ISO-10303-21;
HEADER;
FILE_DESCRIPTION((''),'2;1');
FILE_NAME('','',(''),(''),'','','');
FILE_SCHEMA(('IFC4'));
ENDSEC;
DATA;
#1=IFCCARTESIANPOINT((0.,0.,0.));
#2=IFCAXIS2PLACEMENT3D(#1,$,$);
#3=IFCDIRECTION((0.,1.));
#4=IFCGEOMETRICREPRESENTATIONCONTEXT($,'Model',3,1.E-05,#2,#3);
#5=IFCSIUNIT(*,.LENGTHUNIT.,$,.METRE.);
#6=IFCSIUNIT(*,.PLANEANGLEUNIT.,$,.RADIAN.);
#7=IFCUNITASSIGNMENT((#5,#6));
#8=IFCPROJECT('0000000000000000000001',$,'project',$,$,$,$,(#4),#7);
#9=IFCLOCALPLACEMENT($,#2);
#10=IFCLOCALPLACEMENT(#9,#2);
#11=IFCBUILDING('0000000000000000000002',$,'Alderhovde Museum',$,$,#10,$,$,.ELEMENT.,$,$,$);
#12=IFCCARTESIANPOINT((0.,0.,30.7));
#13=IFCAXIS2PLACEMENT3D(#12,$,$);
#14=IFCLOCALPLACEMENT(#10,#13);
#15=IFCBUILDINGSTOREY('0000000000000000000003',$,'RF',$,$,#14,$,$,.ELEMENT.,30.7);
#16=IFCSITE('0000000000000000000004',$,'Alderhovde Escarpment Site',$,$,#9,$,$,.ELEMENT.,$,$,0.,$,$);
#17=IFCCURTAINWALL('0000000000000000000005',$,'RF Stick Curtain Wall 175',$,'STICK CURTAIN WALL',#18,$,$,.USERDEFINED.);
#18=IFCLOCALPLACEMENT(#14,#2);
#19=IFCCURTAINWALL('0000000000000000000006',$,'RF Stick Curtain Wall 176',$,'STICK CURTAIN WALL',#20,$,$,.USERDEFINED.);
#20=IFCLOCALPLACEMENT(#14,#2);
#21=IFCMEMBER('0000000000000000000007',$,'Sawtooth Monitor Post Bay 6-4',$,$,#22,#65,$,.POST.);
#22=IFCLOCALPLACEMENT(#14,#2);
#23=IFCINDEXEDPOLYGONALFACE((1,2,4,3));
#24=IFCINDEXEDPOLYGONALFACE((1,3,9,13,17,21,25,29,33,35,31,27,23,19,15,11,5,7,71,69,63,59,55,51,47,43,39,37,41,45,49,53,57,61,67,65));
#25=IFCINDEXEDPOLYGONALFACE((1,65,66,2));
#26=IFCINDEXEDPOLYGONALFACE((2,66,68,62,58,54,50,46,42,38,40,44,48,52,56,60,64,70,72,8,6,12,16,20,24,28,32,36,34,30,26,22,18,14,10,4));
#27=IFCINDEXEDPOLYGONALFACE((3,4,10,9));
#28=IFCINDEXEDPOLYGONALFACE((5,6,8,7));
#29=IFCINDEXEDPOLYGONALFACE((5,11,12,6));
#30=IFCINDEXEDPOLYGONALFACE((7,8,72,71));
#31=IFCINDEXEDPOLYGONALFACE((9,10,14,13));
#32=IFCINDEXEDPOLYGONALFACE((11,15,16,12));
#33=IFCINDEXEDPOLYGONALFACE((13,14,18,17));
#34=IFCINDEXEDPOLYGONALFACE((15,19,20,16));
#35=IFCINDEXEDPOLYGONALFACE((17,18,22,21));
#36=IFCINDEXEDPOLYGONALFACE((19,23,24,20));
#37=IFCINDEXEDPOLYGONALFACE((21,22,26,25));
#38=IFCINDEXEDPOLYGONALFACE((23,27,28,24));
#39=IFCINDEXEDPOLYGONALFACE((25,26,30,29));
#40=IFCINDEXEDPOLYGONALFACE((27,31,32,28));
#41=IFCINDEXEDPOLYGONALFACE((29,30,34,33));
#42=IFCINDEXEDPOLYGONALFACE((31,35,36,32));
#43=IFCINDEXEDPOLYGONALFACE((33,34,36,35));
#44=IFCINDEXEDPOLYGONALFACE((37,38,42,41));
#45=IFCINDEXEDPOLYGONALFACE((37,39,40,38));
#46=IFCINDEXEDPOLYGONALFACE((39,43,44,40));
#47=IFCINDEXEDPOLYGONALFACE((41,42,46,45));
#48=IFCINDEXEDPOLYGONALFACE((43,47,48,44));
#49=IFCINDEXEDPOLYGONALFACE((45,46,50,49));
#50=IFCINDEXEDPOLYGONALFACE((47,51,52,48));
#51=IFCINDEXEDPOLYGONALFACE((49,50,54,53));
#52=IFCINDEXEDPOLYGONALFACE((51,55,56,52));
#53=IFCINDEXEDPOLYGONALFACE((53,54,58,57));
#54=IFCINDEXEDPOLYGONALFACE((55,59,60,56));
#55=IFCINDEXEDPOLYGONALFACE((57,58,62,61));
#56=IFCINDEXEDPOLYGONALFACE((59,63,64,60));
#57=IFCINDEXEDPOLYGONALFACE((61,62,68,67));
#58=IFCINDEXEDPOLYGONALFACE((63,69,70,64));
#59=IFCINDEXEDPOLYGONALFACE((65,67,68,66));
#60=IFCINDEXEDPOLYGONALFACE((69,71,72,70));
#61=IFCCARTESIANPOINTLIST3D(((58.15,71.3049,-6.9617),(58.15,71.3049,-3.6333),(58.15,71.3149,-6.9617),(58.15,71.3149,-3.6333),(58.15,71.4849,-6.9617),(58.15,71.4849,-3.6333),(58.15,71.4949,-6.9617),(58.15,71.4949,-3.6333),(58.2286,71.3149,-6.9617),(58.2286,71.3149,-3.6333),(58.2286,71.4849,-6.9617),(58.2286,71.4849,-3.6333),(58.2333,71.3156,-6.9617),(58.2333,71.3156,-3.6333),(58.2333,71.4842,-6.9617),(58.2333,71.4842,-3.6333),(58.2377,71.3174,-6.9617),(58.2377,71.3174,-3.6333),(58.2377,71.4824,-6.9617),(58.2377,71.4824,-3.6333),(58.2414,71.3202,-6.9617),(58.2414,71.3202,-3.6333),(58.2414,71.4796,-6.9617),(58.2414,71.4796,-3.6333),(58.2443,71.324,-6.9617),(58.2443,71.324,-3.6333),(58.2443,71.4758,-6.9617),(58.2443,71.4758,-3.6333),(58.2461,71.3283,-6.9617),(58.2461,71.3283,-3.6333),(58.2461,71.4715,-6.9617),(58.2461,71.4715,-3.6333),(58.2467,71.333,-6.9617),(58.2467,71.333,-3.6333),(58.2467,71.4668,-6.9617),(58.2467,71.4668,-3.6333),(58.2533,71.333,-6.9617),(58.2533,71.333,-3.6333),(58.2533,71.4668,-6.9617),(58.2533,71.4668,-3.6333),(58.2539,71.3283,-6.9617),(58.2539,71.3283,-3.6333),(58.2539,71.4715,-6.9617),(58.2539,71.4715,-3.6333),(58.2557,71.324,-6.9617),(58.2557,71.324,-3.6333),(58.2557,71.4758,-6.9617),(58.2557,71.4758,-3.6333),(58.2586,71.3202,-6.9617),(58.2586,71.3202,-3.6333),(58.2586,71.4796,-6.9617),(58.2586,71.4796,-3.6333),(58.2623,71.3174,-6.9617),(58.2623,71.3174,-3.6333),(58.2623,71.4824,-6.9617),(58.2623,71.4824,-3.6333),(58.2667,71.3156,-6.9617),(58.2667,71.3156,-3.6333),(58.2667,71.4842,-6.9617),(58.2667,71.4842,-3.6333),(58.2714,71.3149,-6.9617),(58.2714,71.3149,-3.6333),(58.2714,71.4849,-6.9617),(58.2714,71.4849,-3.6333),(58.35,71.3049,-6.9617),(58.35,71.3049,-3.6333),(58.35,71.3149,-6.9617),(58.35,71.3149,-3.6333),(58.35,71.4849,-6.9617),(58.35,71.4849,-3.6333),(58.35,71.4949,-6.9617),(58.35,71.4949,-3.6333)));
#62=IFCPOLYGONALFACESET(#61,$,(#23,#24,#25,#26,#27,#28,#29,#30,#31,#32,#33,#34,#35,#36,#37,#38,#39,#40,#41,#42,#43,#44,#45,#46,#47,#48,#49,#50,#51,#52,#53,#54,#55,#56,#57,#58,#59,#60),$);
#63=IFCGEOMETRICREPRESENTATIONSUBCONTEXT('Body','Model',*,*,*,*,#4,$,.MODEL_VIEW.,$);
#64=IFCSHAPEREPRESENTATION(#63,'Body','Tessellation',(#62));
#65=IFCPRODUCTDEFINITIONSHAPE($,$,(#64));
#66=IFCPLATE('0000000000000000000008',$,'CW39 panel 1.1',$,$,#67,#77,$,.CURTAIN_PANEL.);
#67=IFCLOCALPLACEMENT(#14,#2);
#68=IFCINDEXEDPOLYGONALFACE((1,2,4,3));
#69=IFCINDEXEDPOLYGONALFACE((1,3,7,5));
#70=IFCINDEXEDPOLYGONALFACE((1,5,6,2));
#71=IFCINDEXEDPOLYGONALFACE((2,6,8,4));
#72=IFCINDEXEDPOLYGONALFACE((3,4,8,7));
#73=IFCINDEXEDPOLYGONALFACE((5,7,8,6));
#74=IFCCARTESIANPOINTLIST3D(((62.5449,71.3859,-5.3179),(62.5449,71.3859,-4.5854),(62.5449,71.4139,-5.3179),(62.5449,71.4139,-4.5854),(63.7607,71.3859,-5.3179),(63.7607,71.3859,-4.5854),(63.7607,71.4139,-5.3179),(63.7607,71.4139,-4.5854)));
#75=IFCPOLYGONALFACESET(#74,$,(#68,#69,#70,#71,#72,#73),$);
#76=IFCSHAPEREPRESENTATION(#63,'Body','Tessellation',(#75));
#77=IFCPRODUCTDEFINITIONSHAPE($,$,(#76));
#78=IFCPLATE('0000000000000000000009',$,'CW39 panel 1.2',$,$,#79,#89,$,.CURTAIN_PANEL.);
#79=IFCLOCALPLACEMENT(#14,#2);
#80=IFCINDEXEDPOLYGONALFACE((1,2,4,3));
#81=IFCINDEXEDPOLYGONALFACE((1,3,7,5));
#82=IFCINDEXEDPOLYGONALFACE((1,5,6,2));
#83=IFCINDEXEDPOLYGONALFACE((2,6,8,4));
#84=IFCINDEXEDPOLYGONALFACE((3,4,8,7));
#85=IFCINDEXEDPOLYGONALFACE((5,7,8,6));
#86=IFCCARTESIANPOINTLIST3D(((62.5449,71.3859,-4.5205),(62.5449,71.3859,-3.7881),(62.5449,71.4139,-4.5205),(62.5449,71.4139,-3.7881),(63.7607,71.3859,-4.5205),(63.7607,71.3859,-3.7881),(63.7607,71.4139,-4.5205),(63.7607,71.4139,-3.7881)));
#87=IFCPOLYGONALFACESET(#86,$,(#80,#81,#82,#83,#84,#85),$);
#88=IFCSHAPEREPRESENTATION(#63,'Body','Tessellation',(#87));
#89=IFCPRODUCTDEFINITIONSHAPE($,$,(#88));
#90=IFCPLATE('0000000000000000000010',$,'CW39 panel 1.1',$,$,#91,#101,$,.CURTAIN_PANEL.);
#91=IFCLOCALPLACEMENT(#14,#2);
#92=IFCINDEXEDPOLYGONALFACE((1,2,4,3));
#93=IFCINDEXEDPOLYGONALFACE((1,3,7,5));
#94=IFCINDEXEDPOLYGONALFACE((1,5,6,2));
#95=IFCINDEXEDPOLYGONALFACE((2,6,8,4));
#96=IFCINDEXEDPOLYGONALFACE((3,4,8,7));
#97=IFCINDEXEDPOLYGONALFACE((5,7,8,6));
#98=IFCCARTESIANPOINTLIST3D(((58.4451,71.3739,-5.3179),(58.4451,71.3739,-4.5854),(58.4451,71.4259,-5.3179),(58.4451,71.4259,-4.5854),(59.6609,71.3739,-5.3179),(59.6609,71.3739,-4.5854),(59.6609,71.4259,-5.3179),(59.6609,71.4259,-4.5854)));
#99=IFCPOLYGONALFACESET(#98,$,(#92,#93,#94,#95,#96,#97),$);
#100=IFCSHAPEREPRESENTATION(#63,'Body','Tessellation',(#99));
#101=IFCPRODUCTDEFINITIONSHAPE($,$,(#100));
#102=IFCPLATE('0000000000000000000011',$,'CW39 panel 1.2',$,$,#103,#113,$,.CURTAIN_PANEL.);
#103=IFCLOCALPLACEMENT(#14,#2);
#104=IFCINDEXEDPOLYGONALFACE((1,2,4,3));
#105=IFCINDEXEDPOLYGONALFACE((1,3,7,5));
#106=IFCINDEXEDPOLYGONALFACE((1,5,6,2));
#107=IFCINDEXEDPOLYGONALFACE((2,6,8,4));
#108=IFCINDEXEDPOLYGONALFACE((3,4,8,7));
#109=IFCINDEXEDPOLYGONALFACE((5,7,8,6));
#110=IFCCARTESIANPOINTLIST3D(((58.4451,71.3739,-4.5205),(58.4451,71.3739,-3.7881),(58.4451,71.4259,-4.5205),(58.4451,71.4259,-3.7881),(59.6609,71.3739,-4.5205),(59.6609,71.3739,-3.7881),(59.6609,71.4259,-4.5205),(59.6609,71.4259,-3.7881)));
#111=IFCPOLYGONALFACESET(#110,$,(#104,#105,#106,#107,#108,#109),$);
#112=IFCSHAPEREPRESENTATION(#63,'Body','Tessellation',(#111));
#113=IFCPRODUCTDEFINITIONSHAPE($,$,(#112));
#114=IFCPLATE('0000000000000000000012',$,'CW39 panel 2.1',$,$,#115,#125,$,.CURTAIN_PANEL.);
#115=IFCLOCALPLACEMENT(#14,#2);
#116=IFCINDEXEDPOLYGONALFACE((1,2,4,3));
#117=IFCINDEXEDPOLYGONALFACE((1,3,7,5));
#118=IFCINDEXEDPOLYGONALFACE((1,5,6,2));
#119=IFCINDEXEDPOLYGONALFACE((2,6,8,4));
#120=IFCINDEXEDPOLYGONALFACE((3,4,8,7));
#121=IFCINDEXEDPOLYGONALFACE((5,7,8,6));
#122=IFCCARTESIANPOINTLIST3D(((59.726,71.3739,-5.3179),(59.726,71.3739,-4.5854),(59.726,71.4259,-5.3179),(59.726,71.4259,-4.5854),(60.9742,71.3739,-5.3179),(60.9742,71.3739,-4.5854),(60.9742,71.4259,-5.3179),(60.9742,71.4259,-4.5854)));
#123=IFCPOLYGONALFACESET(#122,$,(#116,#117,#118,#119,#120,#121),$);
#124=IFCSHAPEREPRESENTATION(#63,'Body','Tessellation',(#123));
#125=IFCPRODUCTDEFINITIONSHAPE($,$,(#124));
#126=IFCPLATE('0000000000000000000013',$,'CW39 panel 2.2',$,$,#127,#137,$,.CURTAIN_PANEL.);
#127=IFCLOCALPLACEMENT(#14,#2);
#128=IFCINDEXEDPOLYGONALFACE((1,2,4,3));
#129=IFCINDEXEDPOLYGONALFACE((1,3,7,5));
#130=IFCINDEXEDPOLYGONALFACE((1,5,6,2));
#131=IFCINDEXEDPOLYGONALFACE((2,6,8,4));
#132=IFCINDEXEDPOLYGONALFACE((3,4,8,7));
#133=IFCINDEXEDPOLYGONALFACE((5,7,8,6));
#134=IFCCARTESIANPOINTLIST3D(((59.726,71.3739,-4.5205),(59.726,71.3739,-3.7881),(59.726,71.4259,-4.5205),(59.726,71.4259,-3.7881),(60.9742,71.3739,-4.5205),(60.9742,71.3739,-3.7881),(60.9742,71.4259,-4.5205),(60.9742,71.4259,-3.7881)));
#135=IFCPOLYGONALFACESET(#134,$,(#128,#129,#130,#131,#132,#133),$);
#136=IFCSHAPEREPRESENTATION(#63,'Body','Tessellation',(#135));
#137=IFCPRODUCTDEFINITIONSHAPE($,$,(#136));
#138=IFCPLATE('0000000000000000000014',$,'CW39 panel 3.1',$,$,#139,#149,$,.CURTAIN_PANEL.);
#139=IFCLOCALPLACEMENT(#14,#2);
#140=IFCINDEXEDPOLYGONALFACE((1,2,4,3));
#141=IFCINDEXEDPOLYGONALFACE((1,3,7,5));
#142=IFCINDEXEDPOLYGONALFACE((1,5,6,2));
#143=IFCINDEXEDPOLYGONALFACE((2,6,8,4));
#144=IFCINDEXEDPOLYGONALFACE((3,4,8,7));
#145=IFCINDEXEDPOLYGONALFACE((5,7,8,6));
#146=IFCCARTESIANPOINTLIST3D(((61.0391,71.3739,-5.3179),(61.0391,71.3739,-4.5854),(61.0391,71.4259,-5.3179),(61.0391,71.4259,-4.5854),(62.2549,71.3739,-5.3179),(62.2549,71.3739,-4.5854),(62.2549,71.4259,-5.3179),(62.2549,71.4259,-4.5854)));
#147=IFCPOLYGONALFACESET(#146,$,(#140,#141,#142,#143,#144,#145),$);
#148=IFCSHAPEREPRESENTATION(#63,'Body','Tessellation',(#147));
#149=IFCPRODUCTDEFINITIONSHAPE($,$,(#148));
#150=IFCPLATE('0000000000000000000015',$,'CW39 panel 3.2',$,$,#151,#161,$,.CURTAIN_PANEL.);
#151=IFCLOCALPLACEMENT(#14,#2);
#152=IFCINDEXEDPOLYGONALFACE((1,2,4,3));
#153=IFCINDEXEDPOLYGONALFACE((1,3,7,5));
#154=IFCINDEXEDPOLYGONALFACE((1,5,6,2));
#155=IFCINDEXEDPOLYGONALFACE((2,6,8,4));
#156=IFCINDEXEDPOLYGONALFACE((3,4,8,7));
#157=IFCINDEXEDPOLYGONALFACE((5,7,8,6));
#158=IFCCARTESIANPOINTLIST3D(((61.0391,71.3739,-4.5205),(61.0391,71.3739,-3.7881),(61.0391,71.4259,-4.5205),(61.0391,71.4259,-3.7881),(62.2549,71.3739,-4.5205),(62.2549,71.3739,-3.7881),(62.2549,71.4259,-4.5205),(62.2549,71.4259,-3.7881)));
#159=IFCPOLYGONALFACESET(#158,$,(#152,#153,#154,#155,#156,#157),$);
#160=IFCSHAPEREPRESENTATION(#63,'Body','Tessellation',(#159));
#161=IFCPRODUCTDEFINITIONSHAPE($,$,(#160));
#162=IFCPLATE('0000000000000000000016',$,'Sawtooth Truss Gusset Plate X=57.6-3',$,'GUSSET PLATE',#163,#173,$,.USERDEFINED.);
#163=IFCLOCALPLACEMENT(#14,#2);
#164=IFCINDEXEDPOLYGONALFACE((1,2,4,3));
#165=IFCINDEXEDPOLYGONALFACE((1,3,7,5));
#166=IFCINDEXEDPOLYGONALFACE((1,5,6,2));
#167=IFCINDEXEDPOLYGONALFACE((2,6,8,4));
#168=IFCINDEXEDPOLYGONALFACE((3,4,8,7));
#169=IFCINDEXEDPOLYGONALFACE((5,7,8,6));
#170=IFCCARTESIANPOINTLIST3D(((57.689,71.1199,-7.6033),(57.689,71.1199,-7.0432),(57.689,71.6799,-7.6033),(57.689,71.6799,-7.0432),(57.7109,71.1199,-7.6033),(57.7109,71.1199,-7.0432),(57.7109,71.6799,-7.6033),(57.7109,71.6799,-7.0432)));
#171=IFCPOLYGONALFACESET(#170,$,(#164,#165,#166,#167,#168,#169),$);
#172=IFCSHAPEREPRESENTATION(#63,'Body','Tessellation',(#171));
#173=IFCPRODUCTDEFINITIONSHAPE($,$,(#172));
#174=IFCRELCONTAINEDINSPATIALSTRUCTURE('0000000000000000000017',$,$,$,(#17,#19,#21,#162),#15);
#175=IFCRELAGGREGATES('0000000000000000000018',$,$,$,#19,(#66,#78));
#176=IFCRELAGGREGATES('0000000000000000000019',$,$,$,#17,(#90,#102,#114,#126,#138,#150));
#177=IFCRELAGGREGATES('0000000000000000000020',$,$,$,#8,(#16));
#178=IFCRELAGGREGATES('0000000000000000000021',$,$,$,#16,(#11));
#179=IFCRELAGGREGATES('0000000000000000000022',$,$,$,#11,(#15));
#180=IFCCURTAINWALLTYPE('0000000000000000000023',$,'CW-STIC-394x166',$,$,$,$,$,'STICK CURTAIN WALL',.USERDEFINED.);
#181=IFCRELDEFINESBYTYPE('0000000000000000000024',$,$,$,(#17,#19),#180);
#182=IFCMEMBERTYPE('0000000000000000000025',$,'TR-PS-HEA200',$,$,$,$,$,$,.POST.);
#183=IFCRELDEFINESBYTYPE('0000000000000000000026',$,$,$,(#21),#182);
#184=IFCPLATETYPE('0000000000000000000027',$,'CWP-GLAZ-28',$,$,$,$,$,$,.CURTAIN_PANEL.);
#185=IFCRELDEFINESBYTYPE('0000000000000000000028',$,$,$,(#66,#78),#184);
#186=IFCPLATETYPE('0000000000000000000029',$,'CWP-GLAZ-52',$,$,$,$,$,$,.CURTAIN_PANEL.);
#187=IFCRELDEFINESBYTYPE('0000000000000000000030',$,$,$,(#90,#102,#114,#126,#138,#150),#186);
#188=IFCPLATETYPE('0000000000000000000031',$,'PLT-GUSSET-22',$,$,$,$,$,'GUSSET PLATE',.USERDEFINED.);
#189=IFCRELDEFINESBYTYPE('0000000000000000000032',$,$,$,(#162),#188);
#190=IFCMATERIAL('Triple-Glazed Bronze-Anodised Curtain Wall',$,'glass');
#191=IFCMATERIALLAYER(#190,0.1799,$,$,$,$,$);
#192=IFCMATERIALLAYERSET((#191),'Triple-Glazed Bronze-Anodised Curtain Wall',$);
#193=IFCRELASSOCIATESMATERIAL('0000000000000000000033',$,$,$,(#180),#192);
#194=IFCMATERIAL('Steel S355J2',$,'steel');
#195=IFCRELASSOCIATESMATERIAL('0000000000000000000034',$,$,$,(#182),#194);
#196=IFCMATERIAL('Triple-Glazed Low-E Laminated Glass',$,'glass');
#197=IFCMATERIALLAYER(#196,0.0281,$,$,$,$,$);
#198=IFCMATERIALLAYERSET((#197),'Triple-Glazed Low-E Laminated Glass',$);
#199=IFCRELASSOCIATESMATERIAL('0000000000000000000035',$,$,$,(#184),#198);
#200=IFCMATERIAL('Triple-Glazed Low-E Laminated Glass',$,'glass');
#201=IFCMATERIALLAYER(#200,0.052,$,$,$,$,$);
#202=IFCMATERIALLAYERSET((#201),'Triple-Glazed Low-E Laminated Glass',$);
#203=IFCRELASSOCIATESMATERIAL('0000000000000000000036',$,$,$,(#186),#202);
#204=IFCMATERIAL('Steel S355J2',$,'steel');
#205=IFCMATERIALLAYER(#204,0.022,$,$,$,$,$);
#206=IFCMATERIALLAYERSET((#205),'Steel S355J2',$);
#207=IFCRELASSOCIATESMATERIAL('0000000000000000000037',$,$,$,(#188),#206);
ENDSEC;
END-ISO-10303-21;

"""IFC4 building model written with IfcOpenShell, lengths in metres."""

from ifc_helpers import new_model, si_unit, direction, frame, origin, origin_2d, place, context, subcontext, project, spatial, rectangle, i_section, extrude, material, layer, layer_set, material_profile, profile_set, type_object, element, aggregate, save


model = new_model("IFC4")

# Units and contexts
model_context = context("Model", 3, precision=1e-05, world=origin(), true_north=direction((0.0, 1.0)))
body_context = subcontext(model_context, "Body", "Model", "MODEL_VIEW")
ifc_project = project(units=[si_unit("LENGTHUNIT", "METRE"), si_unit("PLANEANGLEUNIT", "RADIAN")], contexts=[model_context])

# Site, building, storey
site_placement = place(None, origin())
site = spatial("IfcSite", under=ifc_project, at=site_placement, Name="Alderhovde Escarpment Site", CompositionType="ELEMENT", RefElevation=0.0)
building_placement = place(site_placement, origin())
building = spatial("IfcBuilding", under=site, at=building_placement, Name="Alderhovde Museum", CompositionType="ELEMENT")
storey_placement = place(building_placement, frame((0.0, 0.0, 30.7)))
storey = spatial("IfcBuildingStorey", under=building, at=storey_placement, Name="RF", CompositionType="ELEMENT", Elevation=30.7)

# Curtain walls
ifc_material_1 = material(Name="Triple-Glazed Bronze-Anodised Curtain Wall", Category="glass")
ifc_layer_1 = layer(ifc_material_1, 0.1799)
ifc_layer_set_1 = layer_set([ifc_layer_1], Name="Triple-Glazed Bronze-Anodised Curtain Wall")
curtain_wall_type = type_object("IfcCurtainWallType", Name="CW-STIC-394x166", ElementType="STICK CURTAIN WALL", PredefinedType="USERDEFINED", material=ifc_layer_set_1)
curtain_wall_1_placement = place(storey_placement, origin())
curtain_wall_1 = element("IfcCurtainWall", 1, at=curtain_wall_1_placement, inside=storey, type_object=curtain_wall_type, Name="RF Stick Curtain Wall 175", ObjectType="STICK CURTAIN WALL", PredefinedType="USERDEFINED")
curtain_wall_2_placement = place(storey_placement, origin())
curtain_wall_2 = element("IfcCurtainWall", 2, at=curtain_wall_2_placement, inside=storey, type_object=curtain_wall_type, Name="RF Stick Curtain Wall 176", ObjectType="STICK CURTAIN WALL", PredefinedType="USERDEFINED")

# Member
ifc_material_2 = material(Name="Steel S355J2", Category="steel")
ifc_material_profile_1 = material_profile(ifc_material_2, i_section(OverallWidth=0.2, OverallDepth=0.1899, WebThickness=0.0066, FlangeThickness=0.01, FilletRadius=0.0181, at=origin_2d()), Name="HEA 200")
ifc_profile_set_1 = profile_set([ifc_material_profile_1], Name="Steel S355J2")
member_type_1 = type_object("IfcMemberType", Name="TR-PS-HEA200", PredefinedType="POST", material=ifc_profile_set_1)
member_1_placement = place(storey_placement, frame((58.25, 71.3999, -6.9617), z_axis=(0.0, 0.0, 1.0), x_axis=(1.0, 0.0, 0.0)))
element("IfcMember", 3, at=member_1_placement, inside=storey, type_object=member_type_1, Name="Sawtooth Monitor Post Bay 6-4", PredefinedType="POST", context=body_context, shape_type="SweptSolid", body=[
    extrude(i_section(OverallWidth=0.2, OverallDepth=0.1899, WebThickness=0.0066, FlangeThickness=0.01, FilletRadius=0.0181, at=origin_2d()), origin(), (0.0, 0.0, 1.0), 3.3284),
])

# Plates
ifc_material_3 = material(Name="Triple-Glazed Low-E Laminated Glass", Category="glass")
ifc_layer_2 = layer(ifc_material_3, 0.0281)
ifc_layer_set_2 = layer_set([ifc_layer_2], Name="Triple-Glazed Low-E Laminated Glass")
plate_type_1 = type_object("IfcPlateType", Name="CWP-GLAZ-28", PredefinedType="CURTAIN_PANEL", material=ifc_layer_set_2)
plate_1_placement = place(storey_placement, frame((63.1528, 71.3999, -5.3179), z_axis=(0.0, 0.0, 1.0), x_axis=(1.0, 0.0, 0.0)))
plate_1 = element("IfcPlate", 4, at=plate_1_placement, type_object=plate_type_1, Name="CW39 panel 1.1", PredefinedType="CURTAIN_PANEL", context=body_context, shape_type="SweptSolid", body=[
    extrude(rectangle(XDim=1.2158, YDim=0.0281, at=origin_2d()), origin(), (0.0, 0.0, 1.0), 0.7324),
])
plate_2_placement = place(storey_placement, frame((63.1528, 71.3999, -4.5205), z_axis=(0.0, 0.0, 1.0), x_axis=(1.0, 0.0, 0.0)))
plate_2 = element("IfcPlate", 5, at=plate_2_placement, type_object=plate_type_1, Name="CW39 panel 1.2", PredefinedType="CURTAIN_PANEL", context=body_context, shape_type="SweptSolid", body=[
    extrude(rectangle(XDim=1.2158, YDim=0.0281, at=origin_2d()), origin(), (0.0, 0.0, 1.0), 0.7324),
])
aggregate(curtain_wall_2, [plate_1, plate_2])
ifc_material_4 = material(Name="Triple-Glazed Low-E Laminated Glass", Category="glass")
ifc_layer_3 = layer(ifc_material_4, 0.052)
ifc_layer_set_3 = layer_set([ifc_layer_3], Name="Triple-Glazed Low-E Laminated Glass")
plate_type_2 = type_object("IfcPlateType", Name="CWP-GLAZ-52", PredefinedType="CURTAIN_PANEL", material=ifc_layer_set_3)
plate_3_placement = place(storey_placement, frame((59.053, 71.3999, -5.3179), z_axis=(0.0, 0.0, 1.0), x_axis=(1.0, 0.0, 0.0)))
plate_3 = element("IfcPlate", 6, at=plate_3_placement, type_object=plate_type_2, Name="CW39 panel 1.1", PredefinedType="CURTAIN_PANEL", context=body_context, shape_type="SweptSolid", body=[
    extrude(rectangle(XDim=1.2158, YDim=0.052, at=origin_2d()), origin(), (0.0, 0.0, 1.0), 0.7324),
])
plate_4_placement = place(storey_placement, frame((59.053, 71.3999, -4.5205), z_axis=(0.0, 0.0, 1.0), x_axis=(1.0, 0.0, 0.0)))
plate_4 = element("IfcPlate", 7, at=plate_4_placement, type_object=plate_type_2, Name="CW39 panel 1.2", PredefinedType="CURTAIN_PANEL", context=body_context, shape_type="SweptSolid", body=[
    extrude(rectangle(XDim=1.2158, YDim=0.052, at=origin_2d()), origin(), (0.0, 0.0, 1.0), 0.7324),
])
plate_5_placement = place(storey_placement, frame((60.3501, 71.3999, -5.3179), z_axis=(0.0, 0.0, 1.0), x_axis=(1.0, 0.0, 0.0)))
plate_5 = element("IfcPlate", 8, at=plate_5_placement, type_object=plate_type_2, Name="CW39 panel 2.1", PredefinedType="CURTAIN_PANEL", context=body_context, shape_type="SweptSolid", body=[
    extrude(rectangle(XDim=1.2483, YDim=0.052, at=origin_2d()), origin(), (0.0, 0.0, 1.0), 0.7324),
])
plate_6_placement = place(storey_placement, frame((60.3501, 71.3999, -4.5205), z_axis=(0.0, 0.0, 1.0), x_axis=(1.0, 0.0, 0.0)))
plate_6 = element("IfcPlate", 9, at=plate_6_placement, type_object=plate_type_2, Name="CW39 panel 2.2", PredefinedType="CURTAIN_PANEL", context=body_context, shape_type="SweptSolid", body=[
    extrude(rectangle(XDim=1.2483, YDim=0.052, at=origin_2d()), origin(), (0.0, 0.0, 1.0), 0.7324),
])
plate_7_placement = place(storey_placement, frame((61.647, 71.3999, -5.3179), z_axis=(0.0, 0.0, 1.0), x_axis=(1.0, 0.0, 0.0)))
plate_7 = element("IfcPlate", 10, at=plate_7_placement, type_object=plate_type_2, Name="CW39 panel 3.1", PredefinedType="CURTAIN_PANEL", context=body_context, shape_type="SweptSolid", body=[
    extrude(rectangle(XDim=1.2158, YDim=0.052, at=origin_2d()), origin(), (0.0, 0.0, 1.0), 0.7324),
])
plate_8_placement = place(storey_placement, frame((61.647, 71.3999, -4.5205), z_axis=(0.0, 0.0, 1.0), x_axis=(1.0, 0.0, 0.0)))
plate_8 = element("IfcPlate", 11, at=plate_8_placement, type_object=plate_type_2, Name="CW39 panel 3.2", PredefinedType="CURTAIN_PANEL", context=body_context, shape_type="SweptSolid", body=[
    extrude(rectangle(XDim=1.2158, YDim=0.052, at=origin_2d()), origin(), (0.0, 0.0, 1.0), 0.7324),
])
aggregate(curtain_wall_1, [plate_3, plate_4, plate_5, plate_6, plate_7, plate_8])
ifc_material_5 = material(Name="Steel S355J2", Category="steel")
ifc_layer_4 = layer(ifc_material_5, 0.022)
ifc_layer_set_4 = layer_set([ifc_layer_4], Name="Steel S355J2")
plate_type_3 = type_object("IfcPlateType", Name="PLT-GUSSET-22", ElementType="GUSSET PLATE", PredefinedType="USERDEFINED", material=ifc_layer_set_4)
plate_9_placement = place(storey_placement, frame((57.7, 71.3999, -7.6033), z_axis=(0.0, 0.0, 1.0), x_axis=(1.0, 0.0, 0.0)))
element("IfcPlate", 12, at=plate_9_placement, inside=storey, type_object=plate_type_3, Name="Sawtooth Truss Gusset Plate X=57.6-3", ObjectType="GUSSET PLATE", PredefinedType="USERDEFINED", context=body_context, shape_type="SweptSolid", body=[
    extrude(rectangle(XDim=0.022, YDim=0.5601, at=origin_2d()), origin(), (0.0, 0.0, 1.0), 0.5601),
])

save(model, "model.ifc")
